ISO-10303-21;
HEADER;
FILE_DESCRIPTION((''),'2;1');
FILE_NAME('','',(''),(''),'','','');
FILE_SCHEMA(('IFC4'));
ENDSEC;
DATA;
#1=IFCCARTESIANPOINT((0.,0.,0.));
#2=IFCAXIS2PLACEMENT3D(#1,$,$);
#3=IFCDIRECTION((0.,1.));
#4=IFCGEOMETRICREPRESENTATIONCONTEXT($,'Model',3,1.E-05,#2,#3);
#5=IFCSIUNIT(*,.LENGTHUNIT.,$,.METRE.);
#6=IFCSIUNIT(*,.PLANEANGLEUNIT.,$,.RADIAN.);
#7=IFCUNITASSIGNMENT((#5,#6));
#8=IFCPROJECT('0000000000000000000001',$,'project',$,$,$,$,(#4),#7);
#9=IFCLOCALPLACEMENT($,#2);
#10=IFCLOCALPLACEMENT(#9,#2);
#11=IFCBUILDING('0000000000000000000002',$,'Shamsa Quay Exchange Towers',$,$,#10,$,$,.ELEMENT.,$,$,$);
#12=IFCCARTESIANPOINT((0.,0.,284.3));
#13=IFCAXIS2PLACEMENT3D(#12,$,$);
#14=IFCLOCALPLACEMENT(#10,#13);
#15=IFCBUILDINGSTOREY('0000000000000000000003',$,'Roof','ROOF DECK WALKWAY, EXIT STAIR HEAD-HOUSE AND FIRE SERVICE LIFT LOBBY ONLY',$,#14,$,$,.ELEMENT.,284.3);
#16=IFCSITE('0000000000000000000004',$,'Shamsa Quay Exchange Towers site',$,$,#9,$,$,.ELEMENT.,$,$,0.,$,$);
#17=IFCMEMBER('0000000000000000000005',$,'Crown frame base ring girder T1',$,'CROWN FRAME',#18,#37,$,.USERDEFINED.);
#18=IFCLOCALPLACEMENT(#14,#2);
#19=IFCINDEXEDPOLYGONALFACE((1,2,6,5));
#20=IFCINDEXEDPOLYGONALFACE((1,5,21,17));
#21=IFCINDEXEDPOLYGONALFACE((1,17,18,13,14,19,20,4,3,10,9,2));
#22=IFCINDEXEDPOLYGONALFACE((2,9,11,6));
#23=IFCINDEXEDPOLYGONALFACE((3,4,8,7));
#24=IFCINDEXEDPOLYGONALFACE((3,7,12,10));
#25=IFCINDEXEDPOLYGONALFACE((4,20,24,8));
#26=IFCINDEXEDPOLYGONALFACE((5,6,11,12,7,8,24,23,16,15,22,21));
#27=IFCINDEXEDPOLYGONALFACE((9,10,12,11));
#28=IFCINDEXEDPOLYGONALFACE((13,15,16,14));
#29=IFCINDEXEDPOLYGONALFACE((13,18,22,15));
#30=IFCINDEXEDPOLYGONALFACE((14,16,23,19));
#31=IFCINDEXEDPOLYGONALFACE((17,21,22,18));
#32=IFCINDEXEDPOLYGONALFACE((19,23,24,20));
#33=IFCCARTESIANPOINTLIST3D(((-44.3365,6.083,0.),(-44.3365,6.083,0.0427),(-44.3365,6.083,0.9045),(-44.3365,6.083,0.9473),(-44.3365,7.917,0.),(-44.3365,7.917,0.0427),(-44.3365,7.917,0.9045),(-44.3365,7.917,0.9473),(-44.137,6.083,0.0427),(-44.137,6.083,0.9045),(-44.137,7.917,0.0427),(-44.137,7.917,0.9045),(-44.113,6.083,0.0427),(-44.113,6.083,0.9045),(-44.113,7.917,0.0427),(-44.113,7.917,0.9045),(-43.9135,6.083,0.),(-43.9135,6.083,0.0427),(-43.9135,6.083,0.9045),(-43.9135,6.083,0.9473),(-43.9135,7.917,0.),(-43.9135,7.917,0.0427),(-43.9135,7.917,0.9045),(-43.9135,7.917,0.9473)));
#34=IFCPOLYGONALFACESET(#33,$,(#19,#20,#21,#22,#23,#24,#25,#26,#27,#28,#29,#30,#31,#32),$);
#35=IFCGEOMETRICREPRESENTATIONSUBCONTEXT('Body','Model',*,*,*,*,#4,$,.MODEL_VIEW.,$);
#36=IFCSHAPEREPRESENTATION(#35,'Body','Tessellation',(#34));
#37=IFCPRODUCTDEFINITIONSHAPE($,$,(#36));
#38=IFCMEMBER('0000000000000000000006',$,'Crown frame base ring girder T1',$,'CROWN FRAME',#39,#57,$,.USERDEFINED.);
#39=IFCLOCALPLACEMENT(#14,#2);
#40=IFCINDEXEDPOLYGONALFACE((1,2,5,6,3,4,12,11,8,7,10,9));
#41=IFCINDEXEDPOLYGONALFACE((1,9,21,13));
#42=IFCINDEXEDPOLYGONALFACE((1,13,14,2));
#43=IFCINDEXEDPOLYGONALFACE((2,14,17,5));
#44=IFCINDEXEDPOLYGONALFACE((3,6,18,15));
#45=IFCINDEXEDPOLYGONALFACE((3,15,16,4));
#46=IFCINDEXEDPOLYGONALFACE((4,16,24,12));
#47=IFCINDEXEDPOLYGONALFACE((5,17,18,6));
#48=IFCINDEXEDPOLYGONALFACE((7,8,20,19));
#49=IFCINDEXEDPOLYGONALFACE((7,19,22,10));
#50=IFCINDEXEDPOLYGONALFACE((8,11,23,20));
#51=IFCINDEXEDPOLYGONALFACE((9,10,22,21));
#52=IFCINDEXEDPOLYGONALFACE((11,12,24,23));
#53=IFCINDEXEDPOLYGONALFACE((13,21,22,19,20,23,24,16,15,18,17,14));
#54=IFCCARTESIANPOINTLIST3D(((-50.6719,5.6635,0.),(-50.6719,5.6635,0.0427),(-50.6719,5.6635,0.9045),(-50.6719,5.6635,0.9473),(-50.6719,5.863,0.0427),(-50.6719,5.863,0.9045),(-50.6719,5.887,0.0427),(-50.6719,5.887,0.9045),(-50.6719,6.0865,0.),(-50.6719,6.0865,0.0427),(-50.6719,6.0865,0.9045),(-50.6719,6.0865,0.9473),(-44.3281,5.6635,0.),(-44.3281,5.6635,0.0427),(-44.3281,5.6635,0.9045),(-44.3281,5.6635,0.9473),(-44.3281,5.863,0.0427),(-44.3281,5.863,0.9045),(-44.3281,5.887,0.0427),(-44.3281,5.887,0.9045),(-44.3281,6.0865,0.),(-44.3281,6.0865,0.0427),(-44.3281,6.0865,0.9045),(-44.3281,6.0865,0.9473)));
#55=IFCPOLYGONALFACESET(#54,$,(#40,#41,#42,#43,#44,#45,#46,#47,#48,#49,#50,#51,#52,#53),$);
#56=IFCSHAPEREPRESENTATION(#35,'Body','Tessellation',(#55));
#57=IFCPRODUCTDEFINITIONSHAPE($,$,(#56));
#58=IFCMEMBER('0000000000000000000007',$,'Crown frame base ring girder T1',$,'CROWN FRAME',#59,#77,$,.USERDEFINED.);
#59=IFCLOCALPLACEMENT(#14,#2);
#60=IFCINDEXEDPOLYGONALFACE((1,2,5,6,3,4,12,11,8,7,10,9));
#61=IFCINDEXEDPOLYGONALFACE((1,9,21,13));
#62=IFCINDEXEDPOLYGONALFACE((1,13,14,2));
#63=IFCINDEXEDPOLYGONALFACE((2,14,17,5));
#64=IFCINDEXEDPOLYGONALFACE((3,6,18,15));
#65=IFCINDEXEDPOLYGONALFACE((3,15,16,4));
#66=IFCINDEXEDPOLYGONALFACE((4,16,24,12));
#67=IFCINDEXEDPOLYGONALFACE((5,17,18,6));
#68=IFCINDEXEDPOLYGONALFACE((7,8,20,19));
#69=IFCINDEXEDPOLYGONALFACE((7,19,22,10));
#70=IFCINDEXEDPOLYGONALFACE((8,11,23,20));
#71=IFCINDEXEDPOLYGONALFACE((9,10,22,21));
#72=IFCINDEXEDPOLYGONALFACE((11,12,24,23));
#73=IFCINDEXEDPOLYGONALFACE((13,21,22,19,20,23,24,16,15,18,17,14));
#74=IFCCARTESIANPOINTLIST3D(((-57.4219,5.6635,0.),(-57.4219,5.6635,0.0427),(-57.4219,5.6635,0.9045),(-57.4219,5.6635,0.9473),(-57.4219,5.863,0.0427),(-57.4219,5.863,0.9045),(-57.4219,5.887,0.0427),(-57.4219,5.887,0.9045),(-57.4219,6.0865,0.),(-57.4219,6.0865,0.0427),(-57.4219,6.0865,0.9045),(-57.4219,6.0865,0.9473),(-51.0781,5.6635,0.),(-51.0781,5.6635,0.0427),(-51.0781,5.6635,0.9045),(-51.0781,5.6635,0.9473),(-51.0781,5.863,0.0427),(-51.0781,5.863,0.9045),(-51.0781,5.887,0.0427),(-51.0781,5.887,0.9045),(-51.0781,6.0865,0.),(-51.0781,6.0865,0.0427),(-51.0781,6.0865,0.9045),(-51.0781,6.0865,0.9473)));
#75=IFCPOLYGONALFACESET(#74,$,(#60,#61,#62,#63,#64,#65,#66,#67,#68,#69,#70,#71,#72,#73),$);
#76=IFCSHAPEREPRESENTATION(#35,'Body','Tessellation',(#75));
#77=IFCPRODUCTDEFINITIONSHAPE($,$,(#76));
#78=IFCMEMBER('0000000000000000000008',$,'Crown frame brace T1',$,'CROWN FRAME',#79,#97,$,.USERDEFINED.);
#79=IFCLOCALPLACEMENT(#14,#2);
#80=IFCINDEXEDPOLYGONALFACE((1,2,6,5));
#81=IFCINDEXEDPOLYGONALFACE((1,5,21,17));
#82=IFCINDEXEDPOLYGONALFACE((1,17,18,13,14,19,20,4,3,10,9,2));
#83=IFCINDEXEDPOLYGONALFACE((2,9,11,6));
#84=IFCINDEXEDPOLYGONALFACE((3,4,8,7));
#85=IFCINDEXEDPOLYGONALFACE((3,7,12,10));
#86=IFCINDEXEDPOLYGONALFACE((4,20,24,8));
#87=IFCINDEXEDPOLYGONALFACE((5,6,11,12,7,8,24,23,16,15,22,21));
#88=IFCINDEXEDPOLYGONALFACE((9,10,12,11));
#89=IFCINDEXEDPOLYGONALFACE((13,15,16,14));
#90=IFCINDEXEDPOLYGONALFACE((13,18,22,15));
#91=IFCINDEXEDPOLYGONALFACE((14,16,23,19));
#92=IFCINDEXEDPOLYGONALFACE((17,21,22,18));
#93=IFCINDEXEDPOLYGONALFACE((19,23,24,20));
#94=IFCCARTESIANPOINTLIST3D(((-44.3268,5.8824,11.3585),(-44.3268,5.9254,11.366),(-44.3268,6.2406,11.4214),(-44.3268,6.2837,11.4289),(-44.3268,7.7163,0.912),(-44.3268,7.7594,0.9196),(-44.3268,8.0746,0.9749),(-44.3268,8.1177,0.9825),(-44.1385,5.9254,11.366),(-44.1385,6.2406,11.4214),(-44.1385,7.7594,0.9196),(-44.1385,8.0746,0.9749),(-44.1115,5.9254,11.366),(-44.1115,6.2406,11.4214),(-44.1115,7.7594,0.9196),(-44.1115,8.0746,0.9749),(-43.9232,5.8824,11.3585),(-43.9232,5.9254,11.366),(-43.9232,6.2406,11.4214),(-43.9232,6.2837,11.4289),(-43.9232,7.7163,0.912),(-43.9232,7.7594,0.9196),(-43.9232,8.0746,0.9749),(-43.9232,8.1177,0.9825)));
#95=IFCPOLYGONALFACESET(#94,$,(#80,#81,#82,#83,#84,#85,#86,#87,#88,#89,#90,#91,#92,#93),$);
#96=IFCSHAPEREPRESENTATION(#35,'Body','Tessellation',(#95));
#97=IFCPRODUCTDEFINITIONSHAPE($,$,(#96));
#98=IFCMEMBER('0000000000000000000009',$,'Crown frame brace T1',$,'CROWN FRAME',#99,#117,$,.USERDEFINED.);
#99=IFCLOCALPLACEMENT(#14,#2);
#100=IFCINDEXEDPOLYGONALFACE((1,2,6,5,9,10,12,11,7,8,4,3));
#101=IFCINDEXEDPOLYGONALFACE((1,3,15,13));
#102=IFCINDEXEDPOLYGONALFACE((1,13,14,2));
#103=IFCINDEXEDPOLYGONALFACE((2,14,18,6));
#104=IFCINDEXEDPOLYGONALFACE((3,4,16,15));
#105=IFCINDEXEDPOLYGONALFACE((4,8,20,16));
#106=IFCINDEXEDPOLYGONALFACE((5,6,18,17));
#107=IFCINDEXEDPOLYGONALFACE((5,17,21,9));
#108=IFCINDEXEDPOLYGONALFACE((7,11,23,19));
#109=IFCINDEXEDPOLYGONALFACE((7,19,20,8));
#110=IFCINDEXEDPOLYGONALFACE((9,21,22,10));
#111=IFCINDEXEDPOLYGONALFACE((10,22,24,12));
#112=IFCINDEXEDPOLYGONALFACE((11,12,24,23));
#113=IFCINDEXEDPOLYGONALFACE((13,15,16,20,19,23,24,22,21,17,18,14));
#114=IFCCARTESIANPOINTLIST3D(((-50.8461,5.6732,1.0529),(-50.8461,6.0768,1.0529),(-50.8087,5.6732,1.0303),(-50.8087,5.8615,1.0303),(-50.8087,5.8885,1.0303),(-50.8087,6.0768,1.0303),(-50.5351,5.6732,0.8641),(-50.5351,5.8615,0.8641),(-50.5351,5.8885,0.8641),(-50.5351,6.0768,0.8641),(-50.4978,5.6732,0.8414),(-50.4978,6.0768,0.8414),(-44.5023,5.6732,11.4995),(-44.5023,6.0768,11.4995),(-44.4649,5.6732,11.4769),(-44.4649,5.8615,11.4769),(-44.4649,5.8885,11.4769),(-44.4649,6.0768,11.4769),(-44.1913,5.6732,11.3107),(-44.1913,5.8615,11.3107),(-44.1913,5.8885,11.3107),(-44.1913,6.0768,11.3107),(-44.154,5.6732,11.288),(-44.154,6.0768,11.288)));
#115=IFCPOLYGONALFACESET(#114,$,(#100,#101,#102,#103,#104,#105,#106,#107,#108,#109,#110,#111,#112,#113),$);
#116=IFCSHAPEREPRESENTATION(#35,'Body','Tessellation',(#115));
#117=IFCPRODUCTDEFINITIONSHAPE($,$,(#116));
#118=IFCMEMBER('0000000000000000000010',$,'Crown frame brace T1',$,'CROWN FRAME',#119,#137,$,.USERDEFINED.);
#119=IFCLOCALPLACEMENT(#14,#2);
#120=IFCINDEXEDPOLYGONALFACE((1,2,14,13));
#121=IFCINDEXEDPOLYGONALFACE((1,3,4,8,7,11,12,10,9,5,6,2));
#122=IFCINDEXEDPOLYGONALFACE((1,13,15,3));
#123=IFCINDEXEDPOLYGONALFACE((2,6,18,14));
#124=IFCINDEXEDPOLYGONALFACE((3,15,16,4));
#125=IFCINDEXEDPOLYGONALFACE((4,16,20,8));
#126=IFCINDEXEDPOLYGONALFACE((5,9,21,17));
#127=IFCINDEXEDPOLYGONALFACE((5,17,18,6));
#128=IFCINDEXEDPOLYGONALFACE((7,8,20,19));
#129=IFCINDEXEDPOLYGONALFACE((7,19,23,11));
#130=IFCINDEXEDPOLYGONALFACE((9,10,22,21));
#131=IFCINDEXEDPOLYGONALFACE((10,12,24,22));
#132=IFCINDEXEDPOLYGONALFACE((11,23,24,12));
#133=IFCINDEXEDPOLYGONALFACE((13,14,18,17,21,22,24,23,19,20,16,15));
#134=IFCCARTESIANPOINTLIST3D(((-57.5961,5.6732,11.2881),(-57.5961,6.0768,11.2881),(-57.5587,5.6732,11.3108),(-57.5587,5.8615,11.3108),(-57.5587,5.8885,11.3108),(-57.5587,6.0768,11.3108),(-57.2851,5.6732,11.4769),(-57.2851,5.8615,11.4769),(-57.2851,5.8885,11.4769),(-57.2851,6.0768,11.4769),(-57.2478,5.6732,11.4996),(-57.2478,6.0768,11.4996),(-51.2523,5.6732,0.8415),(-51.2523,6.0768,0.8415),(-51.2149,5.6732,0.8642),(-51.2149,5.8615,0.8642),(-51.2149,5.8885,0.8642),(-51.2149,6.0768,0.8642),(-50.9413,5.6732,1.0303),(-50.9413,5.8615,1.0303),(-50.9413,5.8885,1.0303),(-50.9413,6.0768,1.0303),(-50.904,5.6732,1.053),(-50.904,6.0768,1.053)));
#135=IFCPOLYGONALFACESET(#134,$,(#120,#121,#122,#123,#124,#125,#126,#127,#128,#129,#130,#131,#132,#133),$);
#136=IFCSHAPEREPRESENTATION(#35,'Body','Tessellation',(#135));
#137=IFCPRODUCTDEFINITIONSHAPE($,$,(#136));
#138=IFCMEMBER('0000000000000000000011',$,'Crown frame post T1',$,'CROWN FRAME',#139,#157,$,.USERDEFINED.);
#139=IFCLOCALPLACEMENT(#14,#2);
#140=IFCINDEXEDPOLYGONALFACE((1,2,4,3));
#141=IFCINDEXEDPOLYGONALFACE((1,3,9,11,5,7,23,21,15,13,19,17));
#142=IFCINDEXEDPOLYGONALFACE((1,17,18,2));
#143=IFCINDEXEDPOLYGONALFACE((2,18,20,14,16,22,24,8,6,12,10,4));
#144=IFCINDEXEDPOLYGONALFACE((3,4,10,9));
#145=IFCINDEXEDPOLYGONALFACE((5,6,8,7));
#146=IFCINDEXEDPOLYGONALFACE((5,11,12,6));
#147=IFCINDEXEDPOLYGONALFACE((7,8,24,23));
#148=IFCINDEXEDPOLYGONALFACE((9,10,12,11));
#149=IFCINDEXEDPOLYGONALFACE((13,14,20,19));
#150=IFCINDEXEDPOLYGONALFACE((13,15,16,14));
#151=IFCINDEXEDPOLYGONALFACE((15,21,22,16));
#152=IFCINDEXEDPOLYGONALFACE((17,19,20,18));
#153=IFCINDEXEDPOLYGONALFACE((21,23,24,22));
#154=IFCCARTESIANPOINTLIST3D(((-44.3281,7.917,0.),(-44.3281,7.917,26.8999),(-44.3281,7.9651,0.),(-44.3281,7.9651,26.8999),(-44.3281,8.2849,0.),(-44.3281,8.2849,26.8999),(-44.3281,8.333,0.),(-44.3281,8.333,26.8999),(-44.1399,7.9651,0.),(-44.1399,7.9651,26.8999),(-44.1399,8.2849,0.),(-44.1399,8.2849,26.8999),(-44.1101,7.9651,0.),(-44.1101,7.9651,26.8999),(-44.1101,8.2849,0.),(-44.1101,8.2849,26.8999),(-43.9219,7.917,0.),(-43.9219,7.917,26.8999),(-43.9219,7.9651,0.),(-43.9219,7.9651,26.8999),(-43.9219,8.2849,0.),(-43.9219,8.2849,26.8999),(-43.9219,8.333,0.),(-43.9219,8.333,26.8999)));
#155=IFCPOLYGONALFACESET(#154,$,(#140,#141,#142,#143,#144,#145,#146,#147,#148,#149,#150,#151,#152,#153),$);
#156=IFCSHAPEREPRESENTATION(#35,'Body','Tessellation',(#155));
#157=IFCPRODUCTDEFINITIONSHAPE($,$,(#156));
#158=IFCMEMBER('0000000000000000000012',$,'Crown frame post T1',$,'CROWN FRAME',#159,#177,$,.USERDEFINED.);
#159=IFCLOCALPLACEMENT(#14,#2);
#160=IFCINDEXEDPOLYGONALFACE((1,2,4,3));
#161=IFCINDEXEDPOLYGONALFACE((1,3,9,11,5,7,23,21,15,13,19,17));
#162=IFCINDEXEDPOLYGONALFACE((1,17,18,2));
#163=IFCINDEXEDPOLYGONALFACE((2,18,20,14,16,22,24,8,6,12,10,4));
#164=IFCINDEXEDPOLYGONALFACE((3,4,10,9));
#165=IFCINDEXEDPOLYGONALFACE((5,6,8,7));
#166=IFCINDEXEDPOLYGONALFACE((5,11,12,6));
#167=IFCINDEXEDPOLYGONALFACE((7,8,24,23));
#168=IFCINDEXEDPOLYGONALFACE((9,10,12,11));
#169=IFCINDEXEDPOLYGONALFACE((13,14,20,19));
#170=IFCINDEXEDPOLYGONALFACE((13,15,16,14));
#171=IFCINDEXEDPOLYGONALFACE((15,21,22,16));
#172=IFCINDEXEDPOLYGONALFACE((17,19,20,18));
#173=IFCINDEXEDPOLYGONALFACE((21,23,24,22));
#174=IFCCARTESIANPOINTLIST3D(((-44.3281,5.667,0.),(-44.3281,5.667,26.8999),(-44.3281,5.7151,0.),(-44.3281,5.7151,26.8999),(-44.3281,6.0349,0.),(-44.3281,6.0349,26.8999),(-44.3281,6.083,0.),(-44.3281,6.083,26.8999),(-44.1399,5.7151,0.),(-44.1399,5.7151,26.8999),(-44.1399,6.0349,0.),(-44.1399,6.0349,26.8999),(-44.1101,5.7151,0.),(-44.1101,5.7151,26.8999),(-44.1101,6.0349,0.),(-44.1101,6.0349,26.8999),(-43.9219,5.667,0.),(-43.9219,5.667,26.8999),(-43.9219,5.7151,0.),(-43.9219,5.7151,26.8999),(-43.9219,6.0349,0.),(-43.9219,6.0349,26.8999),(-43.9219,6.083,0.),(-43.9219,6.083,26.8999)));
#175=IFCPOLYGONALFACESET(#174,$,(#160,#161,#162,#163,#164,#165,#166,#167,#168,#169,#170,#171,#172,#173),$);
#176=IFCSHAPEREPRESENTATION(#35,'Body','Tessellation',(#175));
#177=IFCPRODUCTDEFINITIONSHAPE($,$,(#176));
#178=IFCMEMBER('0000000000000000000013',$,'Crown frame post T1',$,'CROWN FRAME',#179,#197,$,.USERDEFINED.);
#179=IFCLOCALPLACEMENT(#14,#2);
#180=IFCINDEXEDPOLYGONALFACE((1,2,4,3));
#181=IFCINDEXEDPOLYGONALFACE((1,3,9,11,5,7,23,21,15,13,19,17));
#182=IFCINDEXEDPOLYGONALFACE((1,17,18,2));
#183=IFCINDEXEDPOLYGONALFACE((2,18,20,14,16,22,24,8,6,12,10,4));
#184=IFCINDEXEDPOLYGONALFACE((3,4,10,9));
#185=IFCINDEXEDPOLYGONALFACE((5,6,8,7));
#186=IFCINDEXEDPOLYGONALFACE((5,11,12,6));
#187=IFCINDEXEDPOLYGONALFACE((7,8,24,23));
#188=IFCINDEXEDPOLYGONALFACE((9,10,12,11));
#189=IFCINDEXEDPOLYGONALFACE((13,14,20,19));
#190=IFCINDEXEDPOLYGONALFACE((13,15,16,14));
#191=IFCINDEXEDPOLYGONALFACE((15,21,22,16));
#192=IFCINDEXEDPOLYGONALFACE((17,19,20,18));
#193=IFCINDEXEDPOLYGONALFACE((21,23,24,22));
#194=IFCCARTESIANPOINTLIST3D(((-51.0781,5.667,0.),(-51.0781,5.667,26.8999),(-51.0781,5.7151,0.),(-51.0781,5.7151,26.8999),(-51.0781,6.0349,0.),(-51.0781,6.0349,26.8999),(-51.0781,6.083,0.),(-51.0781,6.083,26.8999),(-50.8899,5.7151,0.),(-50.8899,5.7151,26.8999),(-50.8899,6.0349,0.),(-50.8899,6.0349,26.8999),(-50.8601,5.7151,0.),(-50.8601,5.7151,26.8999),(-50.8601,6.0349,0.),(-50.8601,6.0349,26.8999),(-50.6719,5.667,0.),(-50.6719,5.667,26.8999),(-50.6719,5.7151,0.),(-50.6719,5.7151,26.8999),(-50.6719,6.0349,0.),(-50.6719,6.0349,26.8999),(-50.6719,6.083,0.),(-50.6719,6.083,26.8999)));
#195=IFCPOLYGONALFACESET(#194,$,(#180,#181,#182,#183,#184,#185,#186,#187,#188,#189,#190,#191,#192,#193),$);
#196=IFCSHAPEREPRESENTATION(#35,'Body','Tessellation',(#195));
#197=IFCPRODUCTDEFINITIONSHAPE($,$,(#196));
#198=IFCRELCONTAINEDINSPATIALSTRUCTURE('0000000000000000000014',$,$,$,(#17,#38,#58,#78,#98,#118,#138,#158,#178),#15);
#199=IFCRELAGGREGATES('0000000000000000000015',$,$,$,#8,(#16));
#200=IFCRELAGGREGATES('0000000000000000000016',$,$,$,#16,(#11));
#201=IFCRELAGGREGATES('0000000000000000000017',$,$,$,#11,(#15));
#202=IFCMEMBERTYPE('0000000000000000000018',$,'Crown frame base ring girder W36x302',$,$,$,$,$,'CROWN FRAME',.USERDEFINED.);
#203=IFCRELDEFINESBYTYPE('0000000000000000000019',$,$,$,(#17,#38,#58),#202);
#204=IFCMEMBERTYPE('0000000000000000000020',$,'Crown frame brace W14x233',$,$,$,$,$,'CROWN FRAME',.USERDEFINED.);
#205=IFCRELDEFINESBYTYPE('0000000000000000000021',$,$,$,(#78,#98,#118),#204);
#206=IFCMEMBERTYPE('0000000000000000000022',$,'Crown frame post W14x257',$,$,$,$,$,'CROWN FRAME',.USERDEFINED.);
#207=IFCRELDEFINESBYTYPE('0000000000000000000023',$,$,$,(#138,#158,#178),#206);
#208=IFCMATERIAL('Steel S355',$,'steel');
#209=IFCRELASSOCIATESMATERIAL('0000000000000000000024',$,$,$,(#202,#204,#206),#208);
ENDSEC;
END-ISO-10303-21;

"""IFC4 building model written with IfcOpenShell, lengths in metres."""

from ifc_helpers import new_model, si_unit, direction, frame, origin, origin_2d, place, context, subcontext, project, spatial, i_section, extrude, material, material_profile, profile_set, type_object, element, save


model = new_model("IFC4")

# Units and contexts
model_context = context("Model", 3, precision=1e-05, world=origin(), true_north=direction((0.0, 1.0)))
body_context = subcontext(model_context, "Body", "Model", "MODEL_VIEW")
ifc_project = project(units=[si_unit("LENGTHUNIT", "METRE"), si_unit("PLANEANGLEUNIT", "RADIAN")], contexts=[model_context])

# Site, building, storey
site_placement = place(None, origin())
site = spatial("IfcSite", under=ifc_project, at=site_placement, Name="Shamsa Quay Exchange Towers site", CompositionType="ELEMENT", RefElevation=0.0)
building_placement = place(site_placement, origin())
building = spatial("IfcBuilding", under=site, at=building_placement, Name="Shamsa Quay Exchange Towers", CompositionType="ELEMENT")
storey_placement = place(building_placement, frame((0.0, 0.0, 284.3)))
storey = spatial("IfcBuildingStorey", under=building, at=storey_placement, Name="Roof", Description="ROOF DECK WALKWAY, EXIT STAIR HEAD-HOUSE AND FIRE SERVICE LIFT LOBBY ONLY", CompositionType="ELEMENT", Elevation=284.3)

# Members
ifc_material_1 = material(Name="Steel S355", Category="steel")
ifc_material_profile_1 = material_profile(ifc_material_1, i_section(OverallWidth=0.4231, OverallDepth=0.9473, WebThickness=0.0239, FlangeThickness=0.0427, at=origin_2d()), Name="W36x302")
ifc_profile_set_1 = profile_set([ifc_material_profile_1], Name="Steel S355")
member_type_1 = type_object("IfcMemberType", Name="Crown frame base ring girder W36x302", ElementType="CROWN FRAME", PredefinedType="USERDEFINED", material=ifc_profile_set_1)
member_1_placement = place(storey_placement, frame((-44.125, 7.917, 0.4736), z_axis=(0.0, -1.0, 0.0), x_axis=(1.0, 0.0, 0.0)))
element("IfcMember", 1, at=member_1_placement, inside=storey, type_object=member_type_1, Name="Crown frame base ring girder T1", ObjectType="CROWN FRAME", PredefinedType="USERDEFINED", context=body_context, shape_type="SweptSolid", body=[
    extrude(i_section(OverallWidth=0.4231, OverallDepth=0.9473, WebThickness=0.0239, FlangeThickness=0.0427, at=origin_2d()), origin(), (0.0, 0.0, 1.0), 1.834),
])
for number, where, z_axis, x_axis, name in (
    (2, (-44.3281, 5.875, 0.4736), (-1.0, 0.0, 0.0), (0.0, -1.0, 0.0), "Crown frame base ring girder T1"),
    (3, (-51.0781, 5.875, 0.4736), (-1.0, 0.0, 0.0), (0.0, -1.0, 0.0), "Crown frame base ring girder T1"),
):
    element("IfcMember", number, at=place(storey_placement, frame(where, z_axis=z_axis, x_axis=x_axis)), inside=storey, type_object=member_type_1, Name=name, ObjectType="CROWN FRAME", PredefinedType="USERDEFINED", context=body_context, shape_type="SweptSolid", body=[
        extrude(i_section(OverallWidth=0.4231, OverallDepth=0.9473, WebThickness=0.0239, FlangeThickness=0.0427, at=origin_2d()), origin(), (0.0, 0.0, 1.0), 6.3438),
    ])
ifc_material_profile_2 = material_profile(ifc_material_1, i_section(OverallWidth=0.4036, OverallDepth=0.4075, WebThickness=0.0271, FlangeThickness=0.0437, at=origin_2d()), Name="W14x233")
ifc_profile_set_2 = profile_set([ifc_material_profile_2], Name="Steel S355")
member_type_2 = type_object("IfcMemberType", Name="Crown frame brace W14x233", ElementType="CROWN FRAME", PredefinedType="USERDEFINED", material=ifc_profile_set_2)
member_2_placement = place(storey_placement, frame((-44.125, 7.917, 0.9473), z_axis=(0.0, -0.172915, 0.984937), x_axis=(1.0, 0.0, 0.0)))
element("IfcMember", 4, at=member_2_placement, inside=storey, type_object=member_type_2, Name="Crown frame brace T1", ObjectType="CROWN FRAME", PredefinedType="USERDEFINED", context=body_context, shape_type="SweptSolid", body=[
    extrude(i_section(OverallWidth=0.4036, OverallDepth=0.4075, WebThickness=0.0271, FlangeThickness=0.0437, at=origin_2d()), origin(), (0.0, 0.0, 1.0), 10.6062),
])
for number, where, z_axis, x_axis, name in (
    (5, (-44.3281, 5.875, 11.3938), (-0.519051, 0.0, -0.854744), (0.0, -1.0, 0.0), "Crown frame brace T1"),
    (6, (-51.0781, 5.875, 0.9473), (-0.519051, 0.0, 0.854744), (0.0, -1.0, 0.0), "Crown frame brace T1"),
):
    element("IfcMember", number, at=place(storey_placement, frame(where, z_axis=z_axis, x_axis=x_axis)), inside=storey, type_object=member_type_2, Name=name, ObjectType="CROWN FRAME", PredefinedType="USERDEFINED", context=body_context, shape_type="SweptSolid", body=[
        extrude(i_section(OverallWidth=0.4036, OverallDepth=0.4075, WebThickness=0.0271, FlangeThickness=0.0437, at=origin_2d()), origin(), (0.0, 0.0, 1.0), 12.2219),
    ])
ifc_material_profile_3 = material_profile(ifc_material_1, i_section(OverallWidth=0.4062, OverallDepth=0.416, WebThickness=0.0298, FlangeThickness=0.0481, at=origin_2d()), Name="W14x257")
ifc_profile_set_3 = profile_set([ifc_material_profile_3], Name="Steel S355")
member_type_3 = type_object("IfcMemberType", Name="Crown frame post W14x257", ElementType="CROWN FRAME", PredefinedType="USERDEFINED", material=ifc_profile_set_3)
for number, where, name in (
    (7, (-44.125, 8.125, 0.0), "Crown frame post T1"),
    (8, (-44.125, 5.875, 0.0), "Crown frame post T1"),
    (9, (-50.875, 5.875, 0.0), "Crown frame post T1"),
):
    element("IfcMember", number, at=place(storey_placement, frame(where)), inside=storey, type_object=member_type_3, Name=name, ObjectType="CROWN FRAME", PredefinedType="USERDEFINED", context=body_context, shape_type="SweptSolid", body=[
        extrude(i_section(OverallWidth=0.4062, OverallDepth=0.416, WebThickness=0.0298, FlangeThickness=0.0481, at=origin_2d()), origin(), (0.0, 0.0, 1.0), 26.8999),
    ])

save(model, "model.ifc")
